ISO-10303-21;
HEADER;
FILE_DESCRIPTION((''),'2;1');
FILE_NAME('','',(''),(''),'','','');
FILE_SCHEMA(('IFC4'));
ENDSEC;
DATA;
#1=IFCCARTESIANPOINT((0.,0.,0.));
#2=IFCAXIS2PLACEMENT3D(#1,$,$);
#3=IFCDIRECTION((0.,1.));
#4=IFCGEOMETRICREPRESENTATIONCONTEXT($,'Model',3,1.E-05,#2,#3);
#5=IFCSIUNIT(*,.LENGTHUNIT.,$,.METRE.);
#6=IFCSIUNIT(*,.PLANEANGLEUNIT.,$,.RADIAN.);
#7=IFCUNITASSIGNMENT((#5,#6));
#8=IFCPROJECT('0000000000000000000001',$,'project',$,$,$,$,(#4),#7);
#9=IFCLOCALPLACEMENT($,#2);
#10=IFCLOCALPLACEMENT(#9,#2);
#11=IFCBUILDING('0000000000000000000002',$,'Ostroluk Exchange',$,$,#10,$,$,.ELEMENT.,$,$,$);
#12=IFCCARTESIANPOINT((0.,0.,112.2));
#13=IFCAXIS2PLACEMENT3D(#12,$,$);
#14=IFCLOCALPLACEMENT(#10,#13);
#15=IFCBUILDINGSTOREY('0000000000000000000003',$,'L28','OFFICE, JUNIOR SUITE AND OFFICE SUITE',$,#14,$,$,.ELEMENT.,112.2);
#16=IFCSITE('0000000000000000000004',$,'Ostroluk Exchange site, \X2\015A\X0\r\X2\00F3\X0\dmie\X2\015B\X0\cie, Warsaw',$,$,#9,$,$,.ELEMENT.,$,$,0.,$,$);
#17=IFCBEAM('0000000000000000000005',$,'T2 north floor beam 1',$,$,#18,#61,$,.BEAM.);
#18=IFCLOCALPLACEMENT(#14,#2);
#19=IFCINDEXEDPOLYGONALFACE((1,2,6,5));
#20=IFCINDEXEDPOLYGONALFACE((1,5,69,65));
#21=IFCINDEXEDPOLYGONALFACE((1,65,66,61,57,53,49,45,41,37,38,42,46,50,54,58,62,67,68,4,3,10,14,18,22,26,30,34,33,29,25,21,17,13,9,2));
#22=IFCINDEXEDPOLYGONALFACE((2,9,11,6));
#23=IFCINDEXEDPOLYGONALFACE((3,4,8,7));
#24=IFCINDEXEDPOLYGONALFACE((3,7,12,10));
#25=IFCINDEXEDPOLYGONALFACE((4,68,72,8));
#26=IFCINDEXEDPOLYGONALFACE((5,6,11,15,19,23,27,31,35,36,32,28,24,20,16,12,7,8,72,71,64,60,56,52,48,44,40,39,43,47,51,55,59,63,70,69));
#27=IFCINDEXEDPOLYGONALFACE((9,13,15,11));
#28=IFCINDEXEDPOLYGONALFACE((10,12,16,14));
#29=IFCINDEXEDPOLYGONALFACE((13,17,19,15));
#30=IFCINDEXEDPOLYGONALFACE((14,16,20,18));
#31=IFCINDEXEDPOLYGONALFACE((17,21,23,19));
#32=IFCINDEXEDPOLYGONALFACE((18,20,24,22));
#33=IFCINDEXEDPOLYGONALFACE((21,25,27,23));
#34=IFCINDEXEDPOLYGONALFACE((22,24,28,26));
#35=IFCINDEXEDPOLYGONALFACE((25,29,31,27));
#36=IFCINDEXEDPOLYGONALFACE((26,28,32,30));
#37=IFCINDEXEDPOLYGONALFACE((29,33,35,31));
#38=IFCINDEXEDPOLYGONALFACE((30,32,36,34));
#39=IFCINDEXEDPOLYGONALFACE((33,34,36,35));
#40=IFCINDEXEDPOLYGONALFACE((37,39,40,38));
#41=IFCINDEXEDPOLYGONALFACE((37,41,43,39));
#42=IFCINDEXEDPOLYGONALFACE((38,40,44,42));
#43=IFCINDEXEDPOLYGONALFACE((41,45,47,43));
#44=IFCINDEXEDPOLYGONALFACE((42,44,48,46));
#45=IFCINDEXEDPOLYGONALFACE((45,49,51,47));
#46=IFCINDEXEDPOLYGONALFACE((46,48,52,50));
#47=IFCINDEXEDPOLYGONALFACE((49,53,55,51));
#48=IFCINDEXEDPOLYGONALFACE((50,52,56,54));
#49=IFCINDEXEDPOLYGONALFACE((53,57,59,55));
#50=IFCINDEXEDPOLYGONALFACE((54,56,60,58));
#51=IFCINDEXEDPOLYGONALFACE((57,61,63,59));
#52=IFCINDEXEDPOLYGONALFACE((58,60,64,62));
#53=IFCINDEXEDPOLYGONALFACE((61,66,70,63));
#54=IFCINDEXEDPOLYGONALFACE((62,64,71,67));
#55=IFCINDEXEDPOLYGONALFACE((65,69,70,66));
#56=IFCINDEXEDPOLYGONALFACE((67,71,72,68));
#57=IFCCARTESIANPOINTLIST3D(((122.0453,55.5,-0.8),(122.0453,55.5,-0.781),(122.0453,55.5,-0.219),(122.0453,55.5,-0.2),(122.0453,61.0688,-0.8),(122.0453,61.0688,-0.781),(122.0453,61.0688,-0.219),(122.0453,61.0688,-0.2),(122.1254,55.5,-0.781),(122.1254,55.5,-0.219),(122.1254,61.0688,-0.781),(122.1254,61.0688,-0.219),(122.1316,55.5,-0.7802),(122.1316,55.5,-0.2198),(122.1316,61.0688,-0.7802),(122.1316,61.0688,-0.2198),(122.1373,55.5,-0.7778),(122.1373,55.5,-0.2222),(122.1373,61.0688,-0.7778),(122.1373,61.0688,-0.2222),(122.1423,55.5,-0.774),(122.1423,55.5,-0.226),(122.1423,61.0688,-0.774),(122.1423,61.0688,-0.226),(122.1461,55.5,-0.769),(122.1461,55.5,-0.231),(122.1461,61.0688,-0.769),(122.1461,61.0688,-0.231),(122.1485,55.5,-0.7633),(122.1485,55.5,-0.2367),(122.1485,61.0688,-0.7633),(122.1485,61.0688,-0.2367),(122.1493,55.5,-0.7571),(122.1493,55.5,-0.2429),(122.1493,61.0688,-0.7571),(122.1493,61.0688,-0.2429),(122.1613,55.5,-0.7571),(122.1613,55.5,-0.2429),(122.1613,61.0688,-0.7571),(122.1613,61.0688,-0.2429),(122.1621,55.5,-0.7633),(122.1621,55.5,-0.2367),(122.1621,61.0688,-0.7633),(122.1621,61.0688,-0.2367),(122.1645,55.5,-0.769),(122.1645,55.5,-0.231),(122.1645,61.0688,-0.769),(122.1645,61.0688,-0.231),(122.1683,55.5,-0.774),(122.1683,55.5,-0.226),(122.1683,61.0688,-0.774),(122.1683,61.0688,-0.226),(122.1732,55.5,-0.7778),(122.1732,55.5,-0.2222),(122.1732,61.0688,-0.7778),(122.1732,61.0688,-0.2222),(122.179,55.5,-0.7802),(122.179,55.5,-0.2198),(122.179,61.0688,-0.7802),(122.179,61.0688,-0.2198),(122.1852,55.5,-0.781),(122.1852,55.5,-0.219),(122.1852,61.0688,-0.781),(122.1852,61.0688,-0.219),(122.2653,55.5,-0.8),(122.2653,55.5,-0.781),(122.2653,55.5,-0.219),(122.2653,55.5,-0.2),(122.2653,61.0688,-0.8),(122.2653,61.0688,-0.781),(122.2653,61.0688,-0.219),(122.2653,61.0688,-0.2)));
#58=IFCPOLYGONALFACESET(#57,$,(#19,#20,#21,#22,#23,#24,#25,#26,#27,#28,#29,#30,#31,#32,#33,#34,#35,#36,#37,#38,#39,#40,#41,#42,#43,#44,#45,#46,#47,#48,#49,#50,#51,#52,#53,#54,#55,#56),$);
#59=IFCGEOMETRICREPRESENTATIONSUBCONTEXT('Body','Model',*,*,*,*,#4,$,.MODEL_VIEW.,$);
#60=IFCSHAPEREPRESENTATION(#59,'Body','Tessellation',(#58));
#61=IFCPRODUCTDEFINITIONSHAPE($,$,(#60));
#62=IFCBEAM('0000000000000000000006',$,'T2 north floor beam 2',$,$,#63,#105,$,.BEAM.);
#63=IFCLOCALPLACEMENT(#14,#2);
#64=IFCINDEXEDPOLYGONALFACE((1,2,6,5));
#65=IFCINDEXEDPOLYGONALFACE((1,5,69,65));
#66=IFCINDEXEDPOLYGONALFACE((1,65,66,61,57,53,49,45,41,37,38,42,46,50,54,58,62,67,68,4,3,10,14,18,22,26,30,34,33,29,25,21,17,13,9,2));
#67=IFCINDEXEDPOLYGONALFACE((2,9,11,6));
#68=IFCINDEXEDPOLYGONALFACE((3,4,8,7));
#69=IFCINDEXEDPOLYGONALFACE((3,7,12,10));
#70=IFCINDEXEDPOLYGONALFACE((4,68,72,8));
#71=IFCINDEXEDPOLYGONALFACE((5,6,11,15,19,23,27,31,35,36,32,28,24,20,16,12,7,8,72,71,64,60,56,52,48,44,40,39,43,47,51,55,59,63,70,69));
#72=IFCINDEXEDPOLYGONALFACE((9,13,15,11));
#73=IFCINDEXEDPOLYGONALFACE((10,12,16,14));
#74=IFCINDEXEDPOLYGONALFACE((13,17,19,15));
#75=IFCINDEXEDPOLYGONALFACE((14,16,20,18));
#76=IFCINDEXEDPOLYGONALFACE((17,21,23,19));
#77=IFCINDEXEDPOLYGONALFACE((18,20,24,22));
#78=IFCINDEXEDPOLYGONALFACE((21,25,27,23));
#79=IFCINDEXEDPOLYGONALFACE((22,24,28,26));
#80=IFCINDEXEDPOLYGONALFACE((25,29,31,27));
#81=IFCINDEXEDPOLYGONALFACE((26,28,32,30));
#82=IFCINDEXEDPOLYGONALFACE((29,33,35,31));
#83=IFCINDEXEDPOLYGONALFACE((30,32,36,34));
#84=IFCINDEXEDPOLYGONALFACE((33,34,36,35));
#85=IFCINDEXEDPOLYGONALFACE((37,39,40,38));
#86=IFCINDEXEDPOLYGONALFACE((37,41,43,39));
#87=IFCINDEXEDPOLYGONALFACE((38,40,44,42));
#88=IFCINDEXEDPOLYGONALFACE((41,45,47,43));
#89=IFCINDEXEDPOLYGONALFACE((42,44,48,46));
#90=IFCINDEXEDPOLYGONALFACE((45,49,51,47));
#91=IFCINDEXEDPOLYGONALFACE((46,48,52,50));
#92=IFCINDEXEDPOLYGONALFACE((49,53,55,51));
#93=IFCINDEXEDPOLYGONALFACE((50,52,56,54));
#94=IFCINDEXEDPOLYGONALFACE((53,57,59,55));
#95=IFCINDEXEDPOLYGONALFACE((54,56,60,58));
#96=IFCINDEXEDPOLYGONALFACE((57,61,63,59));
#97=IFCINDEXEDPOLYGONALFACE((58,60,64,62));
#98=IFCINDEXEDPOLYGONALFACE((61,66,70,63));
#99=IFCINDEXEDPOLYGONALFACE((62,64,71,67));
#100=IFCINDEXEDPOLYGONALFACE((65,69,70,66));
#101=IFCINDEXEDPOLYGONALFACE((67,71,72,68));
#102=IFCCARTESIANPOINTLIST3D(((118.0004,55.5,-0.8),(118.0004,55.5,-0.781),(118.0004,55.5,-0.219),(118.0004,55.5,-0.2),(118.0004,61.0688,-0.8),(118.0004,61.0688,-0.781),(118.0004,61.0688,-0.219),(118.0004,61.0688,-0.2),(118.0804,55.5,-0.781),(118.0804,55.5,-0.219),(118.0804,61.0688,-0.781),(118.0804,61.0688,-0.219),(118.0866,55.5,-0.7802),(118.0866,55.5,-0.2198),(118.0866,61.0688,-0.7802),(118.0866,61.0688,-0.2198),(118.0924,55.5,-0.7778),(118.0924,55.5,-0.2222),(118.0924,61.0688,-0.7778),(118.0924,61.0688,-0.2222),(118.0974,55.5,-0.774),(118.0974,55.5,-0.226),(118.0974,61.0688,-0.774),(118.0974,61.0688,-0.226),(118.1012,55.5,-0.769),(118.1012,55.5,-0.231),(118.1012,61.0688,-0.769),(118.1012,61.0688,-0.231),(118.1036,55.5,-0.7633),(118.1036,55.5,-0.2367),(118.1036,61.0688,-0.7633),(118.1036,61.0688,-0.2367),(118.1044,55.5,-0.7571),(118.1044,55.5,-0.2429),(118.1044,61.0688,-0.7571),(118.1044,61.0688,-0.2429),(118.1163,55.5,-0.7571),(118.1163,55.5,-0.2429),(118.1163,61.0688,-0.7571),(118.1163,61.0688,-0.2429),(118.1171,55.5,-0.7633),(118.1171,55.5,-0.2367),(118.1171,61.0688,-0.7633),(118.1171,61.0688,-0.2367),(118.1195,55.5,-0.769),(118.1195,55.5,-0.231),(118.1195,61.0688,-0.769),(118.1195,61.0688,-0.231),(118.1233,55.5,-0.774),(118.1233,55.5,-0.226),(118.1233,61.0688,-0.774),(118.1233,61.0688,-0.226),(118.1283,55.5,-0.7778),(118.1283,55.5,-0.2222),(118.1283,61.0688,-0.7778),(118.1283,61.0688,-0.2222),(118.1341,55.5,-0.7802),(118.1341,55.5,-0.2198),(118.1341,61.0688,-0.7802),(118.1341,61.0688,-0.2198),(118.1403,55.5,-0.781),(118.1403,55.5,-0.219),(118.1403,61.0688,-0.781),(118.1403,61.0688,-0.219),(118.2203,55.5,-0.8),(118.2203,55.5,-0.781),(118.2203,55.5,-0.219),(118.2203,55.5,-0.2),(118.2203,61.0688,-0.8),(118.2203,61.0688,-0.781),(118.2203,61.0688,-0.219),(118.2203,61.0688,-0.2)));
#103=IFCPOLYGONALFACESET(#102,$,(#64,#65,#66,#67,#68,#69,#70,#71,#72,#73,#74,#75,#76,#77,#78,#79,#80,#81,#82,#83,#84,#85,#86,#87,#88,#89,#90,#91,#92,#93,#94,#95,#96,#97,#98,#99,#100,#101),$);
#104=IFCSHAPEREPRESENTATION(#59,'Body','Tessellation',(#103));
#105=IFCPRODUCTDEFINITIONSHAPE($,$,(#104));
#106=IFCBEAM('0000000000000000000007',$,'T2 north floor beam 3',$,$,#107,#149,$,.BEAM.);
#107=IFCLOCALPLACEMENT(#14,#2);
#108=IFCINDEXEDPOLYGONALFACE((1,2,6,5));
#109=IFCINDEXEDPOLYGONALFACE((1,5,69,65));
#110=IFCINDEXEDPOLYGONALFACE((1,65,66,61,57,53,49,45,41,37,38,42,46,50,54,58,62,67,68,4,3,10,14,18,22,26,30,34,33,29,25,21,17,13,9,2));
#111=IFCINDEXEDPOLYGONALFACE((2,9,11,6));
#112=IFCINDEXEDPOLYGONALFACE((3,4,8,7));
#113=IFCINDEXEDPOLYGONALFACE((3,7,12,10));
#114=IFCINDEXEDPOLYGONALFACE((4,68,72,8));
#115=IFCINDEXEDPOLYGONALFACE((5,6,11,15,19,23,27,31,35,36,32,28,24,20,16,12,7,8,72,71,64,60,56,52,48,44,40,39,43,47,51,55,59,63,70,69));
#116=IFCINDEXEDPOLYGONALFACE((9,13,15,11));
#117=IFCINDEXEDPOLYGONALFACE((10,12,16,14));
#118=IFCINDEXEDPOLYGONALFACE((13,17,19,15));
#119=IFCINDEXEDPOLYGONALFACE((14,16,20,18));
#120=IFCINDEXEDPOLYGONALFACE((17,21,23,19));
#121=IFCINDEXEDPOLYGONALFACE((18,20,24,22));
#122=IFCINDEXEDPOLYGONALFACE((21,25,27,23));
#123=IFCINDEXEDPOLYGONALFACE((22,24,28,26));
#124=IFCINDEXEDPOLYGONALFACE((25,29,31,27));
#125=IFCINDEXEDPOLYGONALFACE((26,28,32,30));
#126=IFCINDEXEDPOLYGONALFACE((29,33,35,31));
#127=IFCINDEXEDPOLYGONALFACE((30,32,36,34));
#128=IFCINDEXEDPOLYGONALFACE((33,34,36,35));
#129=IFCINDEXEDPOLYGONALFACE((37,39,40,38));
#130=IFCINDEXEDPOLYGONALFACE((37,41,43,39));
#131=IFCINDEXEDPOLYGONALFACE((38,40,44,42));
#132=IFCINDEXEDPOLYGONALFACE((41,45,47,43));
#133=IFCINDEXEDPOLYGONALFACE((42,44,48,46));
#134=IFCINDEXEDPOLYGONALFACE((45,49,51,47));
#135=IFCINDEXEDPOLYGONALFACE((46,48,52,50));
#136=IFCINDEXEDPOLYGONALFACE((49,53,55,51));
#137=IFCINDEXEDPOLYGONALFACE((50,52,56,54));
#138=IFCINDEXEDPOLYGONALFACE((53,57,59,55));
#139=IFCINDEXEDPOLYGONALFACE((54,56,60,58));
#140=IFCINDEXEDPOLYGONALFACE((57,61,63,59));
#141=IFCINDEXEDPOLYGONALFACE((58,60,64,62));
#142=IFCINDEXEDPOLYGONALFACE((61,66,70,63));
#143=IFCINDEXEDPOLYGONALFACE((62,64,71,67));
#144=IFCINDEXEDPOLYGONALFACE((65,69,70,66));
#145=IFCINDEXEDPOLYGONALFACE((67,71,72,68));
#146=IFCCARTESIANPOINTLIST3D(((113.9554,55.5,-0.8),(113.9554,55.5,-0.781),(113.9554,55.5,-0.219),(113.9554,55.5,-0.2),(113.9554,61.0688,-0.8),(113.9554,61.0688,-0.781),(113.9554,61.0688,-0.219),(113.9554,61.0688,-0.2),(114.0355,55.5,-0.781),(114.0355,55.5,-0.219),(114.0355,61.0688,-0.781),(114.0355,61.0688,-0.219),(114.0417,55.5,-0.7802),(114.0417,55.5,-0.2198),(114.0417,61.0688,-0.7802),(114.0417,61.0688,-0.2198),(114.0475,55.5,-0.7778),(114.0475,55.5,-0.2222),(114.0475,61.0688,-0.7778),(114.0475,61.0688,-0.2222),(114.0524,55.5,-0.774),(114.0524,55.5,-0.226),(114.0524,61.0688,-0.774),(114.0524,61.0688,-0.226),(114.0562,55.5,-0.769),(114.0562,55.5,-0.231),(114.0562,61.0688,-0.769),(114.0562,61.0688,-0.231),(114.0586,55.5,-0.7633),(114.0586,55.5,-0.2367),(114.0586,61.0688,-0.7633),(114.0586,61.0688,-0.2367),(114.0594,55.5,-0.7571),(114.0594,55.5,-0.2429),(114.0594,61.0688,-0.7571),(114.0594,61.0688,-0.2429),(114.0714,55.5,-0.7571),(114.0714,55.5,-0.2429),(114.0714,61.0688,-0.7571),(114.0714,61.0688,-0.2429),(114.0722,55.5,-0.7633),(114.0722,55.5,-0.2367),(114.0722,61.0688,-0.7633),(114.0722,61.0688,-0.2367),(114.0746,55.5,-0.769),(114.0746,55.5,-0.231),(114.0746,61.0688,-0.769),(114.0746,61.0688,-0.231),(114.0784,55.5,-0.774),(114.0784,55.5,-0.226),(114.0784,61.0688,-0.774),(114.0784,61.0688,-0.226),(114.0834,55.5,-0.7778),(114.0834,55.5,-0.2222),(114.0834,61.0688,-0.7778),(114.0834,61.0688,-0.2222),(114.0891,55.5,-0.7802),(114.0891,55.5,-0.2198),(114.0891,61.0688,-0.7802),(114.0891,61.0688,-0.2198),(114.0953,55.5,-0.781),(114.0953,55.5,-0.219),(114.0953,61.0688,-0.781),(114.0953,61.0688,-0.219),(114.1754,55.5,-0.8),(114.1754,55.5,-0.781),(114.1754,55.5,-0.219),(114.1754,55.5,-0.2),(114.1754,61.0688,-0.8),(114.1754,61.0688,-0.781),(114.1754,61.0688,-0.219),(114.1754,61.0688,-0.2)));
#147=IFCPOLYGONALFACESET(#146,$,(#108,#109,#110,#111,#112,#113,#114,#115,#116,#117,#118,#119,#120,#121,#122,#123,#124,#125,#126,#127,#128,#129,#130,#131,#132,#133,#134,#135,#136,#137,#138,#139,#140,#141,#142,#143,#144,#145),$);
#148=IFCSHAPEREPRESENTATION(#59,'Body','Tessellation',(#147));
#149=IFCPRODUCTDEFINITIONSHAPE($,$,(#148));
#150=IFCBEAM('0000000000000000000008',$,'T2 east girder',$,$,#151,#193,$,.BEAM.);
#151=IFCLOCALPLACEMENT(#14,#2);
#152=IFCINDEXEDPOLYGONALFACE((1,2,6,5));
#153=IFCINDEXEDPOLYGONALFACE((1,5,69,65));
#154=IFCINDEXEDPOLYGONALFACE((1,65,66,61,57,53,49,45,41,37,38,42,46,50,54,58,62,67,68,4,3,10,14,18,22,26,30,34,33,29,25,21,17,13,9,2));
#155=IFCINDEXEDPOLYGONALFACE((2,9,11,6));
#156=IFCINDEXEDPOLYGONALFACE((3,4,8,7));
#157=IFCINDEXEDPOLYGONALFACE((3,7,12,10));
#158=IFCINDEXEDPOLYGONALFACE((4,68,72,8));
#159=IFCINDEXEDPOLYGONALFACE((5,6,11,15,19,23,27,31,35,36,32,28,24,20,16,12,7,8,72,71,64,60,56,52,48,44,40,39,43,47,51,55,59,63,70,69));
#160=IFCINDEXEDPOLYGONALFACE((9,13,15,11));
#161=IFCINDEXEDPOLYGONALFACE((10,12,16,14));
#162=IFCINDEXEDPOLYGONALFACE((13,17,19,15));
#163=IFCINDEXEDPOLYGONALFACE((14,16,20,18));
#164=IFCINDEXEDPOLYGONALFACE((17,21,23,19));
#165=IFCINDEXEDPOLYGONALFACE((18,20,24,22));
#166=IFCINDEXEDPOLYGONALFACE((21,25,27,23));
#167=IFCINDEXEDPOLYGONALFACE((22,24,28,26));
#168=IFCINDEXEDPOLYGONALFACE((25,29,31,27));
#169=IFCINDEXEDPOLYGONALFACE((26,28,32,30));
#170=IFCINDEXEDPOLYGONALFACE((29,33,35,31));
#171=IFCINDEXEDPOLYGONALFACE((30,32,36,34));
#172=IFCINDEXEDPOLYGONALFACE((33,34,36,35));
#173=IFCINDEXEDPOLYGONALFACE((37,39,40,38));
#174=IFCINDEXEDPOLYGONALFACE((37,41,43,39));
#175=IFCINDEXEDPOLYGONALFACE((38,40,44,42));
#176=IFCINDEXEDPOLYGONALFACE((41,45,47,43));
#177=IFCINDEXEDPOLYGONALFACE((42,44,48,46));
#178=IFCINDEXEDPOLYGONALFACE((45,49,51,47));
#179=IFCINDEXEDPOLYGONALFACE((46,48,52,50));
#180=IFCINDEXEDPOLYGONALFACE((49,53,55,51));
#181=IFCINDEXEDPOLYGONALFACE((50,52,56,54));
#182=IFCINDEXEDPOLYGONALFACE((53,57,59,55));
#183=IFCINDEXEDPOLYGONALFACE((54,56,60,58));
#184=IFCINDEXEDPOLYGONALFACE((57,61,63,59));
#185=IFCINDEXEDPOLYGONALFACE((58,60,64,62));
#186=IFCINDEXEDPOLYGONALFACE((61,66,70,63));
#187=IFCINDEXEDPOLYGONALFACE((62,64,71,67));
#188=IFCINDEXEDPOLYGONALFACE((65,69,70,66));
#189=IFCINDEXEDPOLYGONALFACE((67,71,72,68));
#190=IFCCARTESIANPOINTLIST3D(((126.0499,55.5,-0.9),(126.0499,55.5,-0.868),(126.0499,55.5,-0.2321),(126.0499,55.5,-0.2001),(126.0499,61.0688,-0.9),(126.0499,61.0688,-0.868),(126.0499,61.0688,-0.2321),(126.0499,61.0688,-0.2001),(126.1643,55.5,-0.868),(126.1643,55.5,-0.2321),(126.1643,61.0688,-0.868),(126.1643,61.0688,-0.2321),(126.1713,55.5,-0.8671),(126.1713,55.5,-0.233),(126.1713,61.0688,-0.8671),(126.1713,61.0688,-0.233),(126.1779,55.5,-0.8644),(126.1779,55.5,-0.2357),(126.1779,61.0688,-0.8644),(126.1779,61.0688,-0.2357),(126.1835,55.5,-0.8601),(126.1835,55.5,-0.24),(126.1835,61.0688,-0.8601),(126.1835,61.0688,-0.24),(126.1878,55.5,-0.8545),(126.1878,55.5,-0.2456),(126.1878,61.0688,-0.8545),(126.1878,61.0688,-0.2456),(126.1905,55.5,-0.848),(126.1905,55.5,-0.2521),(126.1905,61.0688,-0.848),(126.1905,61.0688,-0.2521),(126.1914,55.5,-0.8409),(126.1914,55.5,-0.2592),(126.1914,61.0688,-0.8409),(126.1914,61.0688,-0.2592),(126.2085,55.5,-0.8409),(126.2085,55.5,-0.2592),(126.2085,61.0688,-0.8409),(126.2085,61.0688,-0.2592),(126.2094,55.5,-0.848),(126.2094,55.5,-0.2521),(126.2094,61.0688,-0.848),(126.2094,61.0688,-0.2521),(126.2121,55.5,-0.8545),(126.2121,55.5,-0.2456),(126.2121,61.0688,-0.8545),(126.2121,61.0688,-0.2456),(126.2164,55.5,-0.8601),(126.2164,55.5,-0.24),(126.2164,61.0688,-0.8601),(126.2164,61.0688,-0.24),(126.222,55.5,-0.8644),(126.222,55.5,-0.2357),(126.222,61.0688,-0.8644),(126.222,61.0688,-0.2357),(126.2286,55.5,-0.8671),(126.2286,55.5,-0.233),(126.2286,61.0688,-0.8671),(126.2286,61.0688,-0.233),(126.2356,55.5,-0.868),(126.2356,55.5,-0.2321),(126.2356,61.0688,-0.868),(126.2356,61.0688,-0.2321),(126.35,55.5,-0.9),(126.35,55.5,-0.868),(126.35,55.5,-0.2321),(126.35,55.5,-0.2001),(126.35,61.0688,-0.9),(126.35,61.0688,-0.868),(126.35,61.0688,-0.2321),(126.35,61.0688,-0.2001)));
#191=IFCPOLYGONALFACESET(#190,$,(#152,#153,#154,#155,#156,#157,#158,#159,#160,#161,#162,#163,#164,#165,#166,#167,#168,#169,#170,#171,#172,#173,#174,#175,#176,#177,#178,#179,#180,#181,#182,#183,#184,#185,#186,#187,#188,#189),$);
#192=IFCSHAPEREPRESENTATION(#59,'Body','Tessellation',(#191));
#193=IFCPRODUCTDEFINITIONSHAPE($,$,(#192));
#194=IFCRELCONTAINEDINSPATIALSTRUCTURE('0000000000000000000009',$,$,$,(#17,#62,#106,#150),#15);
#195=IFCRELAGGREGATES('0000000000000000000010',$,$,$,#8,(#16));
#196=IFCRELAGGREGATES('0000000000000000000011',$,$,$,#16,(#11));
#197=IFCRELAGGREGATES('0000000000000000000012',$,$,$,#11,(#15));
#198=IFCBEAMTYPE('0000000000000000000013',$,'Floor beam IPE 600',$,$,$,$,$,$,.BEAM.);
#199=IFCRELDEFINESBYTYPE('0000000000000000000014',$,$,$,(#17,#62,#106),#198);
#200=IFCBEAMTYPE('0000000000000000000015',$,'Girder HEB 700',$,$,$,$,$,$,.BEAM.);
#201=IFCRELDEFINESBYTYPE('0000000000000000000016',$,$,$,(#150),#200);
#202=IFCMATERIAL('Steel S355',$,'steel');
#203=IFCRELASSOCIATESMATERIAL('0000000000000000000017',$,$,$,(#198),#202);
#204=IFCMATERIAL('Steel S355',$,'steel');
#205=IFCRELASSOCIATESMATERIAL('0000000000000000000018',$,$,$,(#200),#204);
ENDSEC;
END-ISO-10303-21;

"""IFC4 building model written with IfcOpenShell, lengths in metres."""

from ifc_helpers import new_model, si_unit, direction, frame, origin, origin_2d, place, context, subcontext, project, spatial, i_section, extrude, material, material_profile, profile_set, type_object, element, save


model = new_model("IFC4")

# Units and contexts
model_context = context("Model", 3, precision=1e-05, world=origin(), true_north=direction((0.0, 1.0)))
body_context = subcontext(model_context, "Body", "Model", "MODEL_VIEW")
ifc_project = project(units=[si_unit("LENGTHUNIT", "METRE"), si_unit("PLANEANGLEUNIT", "RADIAN")], contexts=[model_context])

# Site, building, storey
site_placement = place(None, origin())
site = spatial("IfcSite", under=ifc_project, at=site_placement, Name="Ostroluk Exchange site, Śródmieście, Warsaw", CompositionType="ELEMENT", RefElevation=0.0)
building_placement = place(site_placement, origin())
building = spatial("IfcBuilding", under=site, at=building_placement, Name="Ostroluk Exchange", CompositionType="ELEMENT")
storey_placement = place(building_placement, frame((0.0, 0.0, 112.2)))
storey = spatial("IfcBuildingStorey", under=building, at=storey_placement, Name="L28", Description="OFFICE, JUNIOR SUITE AND OFFICE SUITE", CompositionType="ELEMENT", Elevation=112.2)

# Beams
ifc_material_1 = material(Name="Steel S355", Category="steel")
ifc_material_profile_1 = material_profile(ifc_material_1, i_section(OverallWidth=0.22, OverallDepth=0.6001, WebThickness=0.012, FlangeThickness=0.019, FilletRadius=0.0239, at=origin_2d()), Name="IPE 600")
ifc_profile_set_1 = profile_set([ifc_material_profile_1], Name="Steel S355")
beam_type_1 = type_object("IfcBeamType", Name="Floor beam IPE 600", PredefinedType="BEAM", material=ifc_profile_set_1)
for number, where, z_axis, x_axis, name in (
    (1, (122.1553, 55.5, -0.5), (0.0, 1.0, 0.0), (-1.0, 0.0, 0.0), "T2 north floor beam 1"),
    (2, (118.1104, 55.5, -0.5), (0.0, 1.0, 0.0), (-1.0, 0.0, 0.0), "T2 north floor beam 2"),
    (3, (114.0654, 55.5, -0.5), (0.0, 1.0, 0.0), (-1.0, 0.0, 0.0), "T2 north floor beam 3"),
):
    element("IfcBeam", number, at=place(storey_placement, frame(where, z_axis=z_axis, x_axis=x_axis)), inside=storey, type_object=beam_type_1, Name=name, PredefinedType="BEAM", context=body_context, shape_type="SweptSolid", body=[
        extrude(i_section(OverallWidth=0.22, OverallDepth=0.6001, WebThickness=0.012, FlangeThickness=0.019, FilletRadius=0.0239, at=origin_2d()), origin(), (0.0, 0.0, 1.0), 5.5688),
    ])
ifc_material_2 = material(Name="Steel S355", Category="steel")
ifc_material_profile_2 = material_profile(ifc_material_2, i_section(OverallWidth=0.3, OverallDepth=0.7, WebThickness=0.0171, FlangeThickness=0.032, FilletRadius=0.0271, at=origin_2d()), Name="HEB 700")
ifc_profile_set_2 = profile_set([ifc_material_profile_2], Name="Steel S355")
beam_type_2 = type_object("IfcBeamType", Name="Girder HEB 700", PredefinedType="BEAM", material=ifc_profile_set_2)
beam_placement = place(storey_placement, frame((126.2, 55.5, -0.55), z_axis=(0.0, 1.0, 0.0), x_axis=(-1.0, 0.0, 0.0)))
element("IfcBeam", 4, at=beam_placement, inside=storey, type_object=beam_type_2, Name="T2 east girder", PredefinedType="BEAM", context=body_context, shape_type="SweptSolid", body=[
    extrude(i_section(OverallWidth=0.3, OverallDepth=0.7, WebThickness=0.0171, FlangeThickness=0.032, FilletRadius=0.0271, at=origin_2d()), origin(), (0.0, 0.0, 1.0), 5.5688),
])

save(model, "model.ifc")
